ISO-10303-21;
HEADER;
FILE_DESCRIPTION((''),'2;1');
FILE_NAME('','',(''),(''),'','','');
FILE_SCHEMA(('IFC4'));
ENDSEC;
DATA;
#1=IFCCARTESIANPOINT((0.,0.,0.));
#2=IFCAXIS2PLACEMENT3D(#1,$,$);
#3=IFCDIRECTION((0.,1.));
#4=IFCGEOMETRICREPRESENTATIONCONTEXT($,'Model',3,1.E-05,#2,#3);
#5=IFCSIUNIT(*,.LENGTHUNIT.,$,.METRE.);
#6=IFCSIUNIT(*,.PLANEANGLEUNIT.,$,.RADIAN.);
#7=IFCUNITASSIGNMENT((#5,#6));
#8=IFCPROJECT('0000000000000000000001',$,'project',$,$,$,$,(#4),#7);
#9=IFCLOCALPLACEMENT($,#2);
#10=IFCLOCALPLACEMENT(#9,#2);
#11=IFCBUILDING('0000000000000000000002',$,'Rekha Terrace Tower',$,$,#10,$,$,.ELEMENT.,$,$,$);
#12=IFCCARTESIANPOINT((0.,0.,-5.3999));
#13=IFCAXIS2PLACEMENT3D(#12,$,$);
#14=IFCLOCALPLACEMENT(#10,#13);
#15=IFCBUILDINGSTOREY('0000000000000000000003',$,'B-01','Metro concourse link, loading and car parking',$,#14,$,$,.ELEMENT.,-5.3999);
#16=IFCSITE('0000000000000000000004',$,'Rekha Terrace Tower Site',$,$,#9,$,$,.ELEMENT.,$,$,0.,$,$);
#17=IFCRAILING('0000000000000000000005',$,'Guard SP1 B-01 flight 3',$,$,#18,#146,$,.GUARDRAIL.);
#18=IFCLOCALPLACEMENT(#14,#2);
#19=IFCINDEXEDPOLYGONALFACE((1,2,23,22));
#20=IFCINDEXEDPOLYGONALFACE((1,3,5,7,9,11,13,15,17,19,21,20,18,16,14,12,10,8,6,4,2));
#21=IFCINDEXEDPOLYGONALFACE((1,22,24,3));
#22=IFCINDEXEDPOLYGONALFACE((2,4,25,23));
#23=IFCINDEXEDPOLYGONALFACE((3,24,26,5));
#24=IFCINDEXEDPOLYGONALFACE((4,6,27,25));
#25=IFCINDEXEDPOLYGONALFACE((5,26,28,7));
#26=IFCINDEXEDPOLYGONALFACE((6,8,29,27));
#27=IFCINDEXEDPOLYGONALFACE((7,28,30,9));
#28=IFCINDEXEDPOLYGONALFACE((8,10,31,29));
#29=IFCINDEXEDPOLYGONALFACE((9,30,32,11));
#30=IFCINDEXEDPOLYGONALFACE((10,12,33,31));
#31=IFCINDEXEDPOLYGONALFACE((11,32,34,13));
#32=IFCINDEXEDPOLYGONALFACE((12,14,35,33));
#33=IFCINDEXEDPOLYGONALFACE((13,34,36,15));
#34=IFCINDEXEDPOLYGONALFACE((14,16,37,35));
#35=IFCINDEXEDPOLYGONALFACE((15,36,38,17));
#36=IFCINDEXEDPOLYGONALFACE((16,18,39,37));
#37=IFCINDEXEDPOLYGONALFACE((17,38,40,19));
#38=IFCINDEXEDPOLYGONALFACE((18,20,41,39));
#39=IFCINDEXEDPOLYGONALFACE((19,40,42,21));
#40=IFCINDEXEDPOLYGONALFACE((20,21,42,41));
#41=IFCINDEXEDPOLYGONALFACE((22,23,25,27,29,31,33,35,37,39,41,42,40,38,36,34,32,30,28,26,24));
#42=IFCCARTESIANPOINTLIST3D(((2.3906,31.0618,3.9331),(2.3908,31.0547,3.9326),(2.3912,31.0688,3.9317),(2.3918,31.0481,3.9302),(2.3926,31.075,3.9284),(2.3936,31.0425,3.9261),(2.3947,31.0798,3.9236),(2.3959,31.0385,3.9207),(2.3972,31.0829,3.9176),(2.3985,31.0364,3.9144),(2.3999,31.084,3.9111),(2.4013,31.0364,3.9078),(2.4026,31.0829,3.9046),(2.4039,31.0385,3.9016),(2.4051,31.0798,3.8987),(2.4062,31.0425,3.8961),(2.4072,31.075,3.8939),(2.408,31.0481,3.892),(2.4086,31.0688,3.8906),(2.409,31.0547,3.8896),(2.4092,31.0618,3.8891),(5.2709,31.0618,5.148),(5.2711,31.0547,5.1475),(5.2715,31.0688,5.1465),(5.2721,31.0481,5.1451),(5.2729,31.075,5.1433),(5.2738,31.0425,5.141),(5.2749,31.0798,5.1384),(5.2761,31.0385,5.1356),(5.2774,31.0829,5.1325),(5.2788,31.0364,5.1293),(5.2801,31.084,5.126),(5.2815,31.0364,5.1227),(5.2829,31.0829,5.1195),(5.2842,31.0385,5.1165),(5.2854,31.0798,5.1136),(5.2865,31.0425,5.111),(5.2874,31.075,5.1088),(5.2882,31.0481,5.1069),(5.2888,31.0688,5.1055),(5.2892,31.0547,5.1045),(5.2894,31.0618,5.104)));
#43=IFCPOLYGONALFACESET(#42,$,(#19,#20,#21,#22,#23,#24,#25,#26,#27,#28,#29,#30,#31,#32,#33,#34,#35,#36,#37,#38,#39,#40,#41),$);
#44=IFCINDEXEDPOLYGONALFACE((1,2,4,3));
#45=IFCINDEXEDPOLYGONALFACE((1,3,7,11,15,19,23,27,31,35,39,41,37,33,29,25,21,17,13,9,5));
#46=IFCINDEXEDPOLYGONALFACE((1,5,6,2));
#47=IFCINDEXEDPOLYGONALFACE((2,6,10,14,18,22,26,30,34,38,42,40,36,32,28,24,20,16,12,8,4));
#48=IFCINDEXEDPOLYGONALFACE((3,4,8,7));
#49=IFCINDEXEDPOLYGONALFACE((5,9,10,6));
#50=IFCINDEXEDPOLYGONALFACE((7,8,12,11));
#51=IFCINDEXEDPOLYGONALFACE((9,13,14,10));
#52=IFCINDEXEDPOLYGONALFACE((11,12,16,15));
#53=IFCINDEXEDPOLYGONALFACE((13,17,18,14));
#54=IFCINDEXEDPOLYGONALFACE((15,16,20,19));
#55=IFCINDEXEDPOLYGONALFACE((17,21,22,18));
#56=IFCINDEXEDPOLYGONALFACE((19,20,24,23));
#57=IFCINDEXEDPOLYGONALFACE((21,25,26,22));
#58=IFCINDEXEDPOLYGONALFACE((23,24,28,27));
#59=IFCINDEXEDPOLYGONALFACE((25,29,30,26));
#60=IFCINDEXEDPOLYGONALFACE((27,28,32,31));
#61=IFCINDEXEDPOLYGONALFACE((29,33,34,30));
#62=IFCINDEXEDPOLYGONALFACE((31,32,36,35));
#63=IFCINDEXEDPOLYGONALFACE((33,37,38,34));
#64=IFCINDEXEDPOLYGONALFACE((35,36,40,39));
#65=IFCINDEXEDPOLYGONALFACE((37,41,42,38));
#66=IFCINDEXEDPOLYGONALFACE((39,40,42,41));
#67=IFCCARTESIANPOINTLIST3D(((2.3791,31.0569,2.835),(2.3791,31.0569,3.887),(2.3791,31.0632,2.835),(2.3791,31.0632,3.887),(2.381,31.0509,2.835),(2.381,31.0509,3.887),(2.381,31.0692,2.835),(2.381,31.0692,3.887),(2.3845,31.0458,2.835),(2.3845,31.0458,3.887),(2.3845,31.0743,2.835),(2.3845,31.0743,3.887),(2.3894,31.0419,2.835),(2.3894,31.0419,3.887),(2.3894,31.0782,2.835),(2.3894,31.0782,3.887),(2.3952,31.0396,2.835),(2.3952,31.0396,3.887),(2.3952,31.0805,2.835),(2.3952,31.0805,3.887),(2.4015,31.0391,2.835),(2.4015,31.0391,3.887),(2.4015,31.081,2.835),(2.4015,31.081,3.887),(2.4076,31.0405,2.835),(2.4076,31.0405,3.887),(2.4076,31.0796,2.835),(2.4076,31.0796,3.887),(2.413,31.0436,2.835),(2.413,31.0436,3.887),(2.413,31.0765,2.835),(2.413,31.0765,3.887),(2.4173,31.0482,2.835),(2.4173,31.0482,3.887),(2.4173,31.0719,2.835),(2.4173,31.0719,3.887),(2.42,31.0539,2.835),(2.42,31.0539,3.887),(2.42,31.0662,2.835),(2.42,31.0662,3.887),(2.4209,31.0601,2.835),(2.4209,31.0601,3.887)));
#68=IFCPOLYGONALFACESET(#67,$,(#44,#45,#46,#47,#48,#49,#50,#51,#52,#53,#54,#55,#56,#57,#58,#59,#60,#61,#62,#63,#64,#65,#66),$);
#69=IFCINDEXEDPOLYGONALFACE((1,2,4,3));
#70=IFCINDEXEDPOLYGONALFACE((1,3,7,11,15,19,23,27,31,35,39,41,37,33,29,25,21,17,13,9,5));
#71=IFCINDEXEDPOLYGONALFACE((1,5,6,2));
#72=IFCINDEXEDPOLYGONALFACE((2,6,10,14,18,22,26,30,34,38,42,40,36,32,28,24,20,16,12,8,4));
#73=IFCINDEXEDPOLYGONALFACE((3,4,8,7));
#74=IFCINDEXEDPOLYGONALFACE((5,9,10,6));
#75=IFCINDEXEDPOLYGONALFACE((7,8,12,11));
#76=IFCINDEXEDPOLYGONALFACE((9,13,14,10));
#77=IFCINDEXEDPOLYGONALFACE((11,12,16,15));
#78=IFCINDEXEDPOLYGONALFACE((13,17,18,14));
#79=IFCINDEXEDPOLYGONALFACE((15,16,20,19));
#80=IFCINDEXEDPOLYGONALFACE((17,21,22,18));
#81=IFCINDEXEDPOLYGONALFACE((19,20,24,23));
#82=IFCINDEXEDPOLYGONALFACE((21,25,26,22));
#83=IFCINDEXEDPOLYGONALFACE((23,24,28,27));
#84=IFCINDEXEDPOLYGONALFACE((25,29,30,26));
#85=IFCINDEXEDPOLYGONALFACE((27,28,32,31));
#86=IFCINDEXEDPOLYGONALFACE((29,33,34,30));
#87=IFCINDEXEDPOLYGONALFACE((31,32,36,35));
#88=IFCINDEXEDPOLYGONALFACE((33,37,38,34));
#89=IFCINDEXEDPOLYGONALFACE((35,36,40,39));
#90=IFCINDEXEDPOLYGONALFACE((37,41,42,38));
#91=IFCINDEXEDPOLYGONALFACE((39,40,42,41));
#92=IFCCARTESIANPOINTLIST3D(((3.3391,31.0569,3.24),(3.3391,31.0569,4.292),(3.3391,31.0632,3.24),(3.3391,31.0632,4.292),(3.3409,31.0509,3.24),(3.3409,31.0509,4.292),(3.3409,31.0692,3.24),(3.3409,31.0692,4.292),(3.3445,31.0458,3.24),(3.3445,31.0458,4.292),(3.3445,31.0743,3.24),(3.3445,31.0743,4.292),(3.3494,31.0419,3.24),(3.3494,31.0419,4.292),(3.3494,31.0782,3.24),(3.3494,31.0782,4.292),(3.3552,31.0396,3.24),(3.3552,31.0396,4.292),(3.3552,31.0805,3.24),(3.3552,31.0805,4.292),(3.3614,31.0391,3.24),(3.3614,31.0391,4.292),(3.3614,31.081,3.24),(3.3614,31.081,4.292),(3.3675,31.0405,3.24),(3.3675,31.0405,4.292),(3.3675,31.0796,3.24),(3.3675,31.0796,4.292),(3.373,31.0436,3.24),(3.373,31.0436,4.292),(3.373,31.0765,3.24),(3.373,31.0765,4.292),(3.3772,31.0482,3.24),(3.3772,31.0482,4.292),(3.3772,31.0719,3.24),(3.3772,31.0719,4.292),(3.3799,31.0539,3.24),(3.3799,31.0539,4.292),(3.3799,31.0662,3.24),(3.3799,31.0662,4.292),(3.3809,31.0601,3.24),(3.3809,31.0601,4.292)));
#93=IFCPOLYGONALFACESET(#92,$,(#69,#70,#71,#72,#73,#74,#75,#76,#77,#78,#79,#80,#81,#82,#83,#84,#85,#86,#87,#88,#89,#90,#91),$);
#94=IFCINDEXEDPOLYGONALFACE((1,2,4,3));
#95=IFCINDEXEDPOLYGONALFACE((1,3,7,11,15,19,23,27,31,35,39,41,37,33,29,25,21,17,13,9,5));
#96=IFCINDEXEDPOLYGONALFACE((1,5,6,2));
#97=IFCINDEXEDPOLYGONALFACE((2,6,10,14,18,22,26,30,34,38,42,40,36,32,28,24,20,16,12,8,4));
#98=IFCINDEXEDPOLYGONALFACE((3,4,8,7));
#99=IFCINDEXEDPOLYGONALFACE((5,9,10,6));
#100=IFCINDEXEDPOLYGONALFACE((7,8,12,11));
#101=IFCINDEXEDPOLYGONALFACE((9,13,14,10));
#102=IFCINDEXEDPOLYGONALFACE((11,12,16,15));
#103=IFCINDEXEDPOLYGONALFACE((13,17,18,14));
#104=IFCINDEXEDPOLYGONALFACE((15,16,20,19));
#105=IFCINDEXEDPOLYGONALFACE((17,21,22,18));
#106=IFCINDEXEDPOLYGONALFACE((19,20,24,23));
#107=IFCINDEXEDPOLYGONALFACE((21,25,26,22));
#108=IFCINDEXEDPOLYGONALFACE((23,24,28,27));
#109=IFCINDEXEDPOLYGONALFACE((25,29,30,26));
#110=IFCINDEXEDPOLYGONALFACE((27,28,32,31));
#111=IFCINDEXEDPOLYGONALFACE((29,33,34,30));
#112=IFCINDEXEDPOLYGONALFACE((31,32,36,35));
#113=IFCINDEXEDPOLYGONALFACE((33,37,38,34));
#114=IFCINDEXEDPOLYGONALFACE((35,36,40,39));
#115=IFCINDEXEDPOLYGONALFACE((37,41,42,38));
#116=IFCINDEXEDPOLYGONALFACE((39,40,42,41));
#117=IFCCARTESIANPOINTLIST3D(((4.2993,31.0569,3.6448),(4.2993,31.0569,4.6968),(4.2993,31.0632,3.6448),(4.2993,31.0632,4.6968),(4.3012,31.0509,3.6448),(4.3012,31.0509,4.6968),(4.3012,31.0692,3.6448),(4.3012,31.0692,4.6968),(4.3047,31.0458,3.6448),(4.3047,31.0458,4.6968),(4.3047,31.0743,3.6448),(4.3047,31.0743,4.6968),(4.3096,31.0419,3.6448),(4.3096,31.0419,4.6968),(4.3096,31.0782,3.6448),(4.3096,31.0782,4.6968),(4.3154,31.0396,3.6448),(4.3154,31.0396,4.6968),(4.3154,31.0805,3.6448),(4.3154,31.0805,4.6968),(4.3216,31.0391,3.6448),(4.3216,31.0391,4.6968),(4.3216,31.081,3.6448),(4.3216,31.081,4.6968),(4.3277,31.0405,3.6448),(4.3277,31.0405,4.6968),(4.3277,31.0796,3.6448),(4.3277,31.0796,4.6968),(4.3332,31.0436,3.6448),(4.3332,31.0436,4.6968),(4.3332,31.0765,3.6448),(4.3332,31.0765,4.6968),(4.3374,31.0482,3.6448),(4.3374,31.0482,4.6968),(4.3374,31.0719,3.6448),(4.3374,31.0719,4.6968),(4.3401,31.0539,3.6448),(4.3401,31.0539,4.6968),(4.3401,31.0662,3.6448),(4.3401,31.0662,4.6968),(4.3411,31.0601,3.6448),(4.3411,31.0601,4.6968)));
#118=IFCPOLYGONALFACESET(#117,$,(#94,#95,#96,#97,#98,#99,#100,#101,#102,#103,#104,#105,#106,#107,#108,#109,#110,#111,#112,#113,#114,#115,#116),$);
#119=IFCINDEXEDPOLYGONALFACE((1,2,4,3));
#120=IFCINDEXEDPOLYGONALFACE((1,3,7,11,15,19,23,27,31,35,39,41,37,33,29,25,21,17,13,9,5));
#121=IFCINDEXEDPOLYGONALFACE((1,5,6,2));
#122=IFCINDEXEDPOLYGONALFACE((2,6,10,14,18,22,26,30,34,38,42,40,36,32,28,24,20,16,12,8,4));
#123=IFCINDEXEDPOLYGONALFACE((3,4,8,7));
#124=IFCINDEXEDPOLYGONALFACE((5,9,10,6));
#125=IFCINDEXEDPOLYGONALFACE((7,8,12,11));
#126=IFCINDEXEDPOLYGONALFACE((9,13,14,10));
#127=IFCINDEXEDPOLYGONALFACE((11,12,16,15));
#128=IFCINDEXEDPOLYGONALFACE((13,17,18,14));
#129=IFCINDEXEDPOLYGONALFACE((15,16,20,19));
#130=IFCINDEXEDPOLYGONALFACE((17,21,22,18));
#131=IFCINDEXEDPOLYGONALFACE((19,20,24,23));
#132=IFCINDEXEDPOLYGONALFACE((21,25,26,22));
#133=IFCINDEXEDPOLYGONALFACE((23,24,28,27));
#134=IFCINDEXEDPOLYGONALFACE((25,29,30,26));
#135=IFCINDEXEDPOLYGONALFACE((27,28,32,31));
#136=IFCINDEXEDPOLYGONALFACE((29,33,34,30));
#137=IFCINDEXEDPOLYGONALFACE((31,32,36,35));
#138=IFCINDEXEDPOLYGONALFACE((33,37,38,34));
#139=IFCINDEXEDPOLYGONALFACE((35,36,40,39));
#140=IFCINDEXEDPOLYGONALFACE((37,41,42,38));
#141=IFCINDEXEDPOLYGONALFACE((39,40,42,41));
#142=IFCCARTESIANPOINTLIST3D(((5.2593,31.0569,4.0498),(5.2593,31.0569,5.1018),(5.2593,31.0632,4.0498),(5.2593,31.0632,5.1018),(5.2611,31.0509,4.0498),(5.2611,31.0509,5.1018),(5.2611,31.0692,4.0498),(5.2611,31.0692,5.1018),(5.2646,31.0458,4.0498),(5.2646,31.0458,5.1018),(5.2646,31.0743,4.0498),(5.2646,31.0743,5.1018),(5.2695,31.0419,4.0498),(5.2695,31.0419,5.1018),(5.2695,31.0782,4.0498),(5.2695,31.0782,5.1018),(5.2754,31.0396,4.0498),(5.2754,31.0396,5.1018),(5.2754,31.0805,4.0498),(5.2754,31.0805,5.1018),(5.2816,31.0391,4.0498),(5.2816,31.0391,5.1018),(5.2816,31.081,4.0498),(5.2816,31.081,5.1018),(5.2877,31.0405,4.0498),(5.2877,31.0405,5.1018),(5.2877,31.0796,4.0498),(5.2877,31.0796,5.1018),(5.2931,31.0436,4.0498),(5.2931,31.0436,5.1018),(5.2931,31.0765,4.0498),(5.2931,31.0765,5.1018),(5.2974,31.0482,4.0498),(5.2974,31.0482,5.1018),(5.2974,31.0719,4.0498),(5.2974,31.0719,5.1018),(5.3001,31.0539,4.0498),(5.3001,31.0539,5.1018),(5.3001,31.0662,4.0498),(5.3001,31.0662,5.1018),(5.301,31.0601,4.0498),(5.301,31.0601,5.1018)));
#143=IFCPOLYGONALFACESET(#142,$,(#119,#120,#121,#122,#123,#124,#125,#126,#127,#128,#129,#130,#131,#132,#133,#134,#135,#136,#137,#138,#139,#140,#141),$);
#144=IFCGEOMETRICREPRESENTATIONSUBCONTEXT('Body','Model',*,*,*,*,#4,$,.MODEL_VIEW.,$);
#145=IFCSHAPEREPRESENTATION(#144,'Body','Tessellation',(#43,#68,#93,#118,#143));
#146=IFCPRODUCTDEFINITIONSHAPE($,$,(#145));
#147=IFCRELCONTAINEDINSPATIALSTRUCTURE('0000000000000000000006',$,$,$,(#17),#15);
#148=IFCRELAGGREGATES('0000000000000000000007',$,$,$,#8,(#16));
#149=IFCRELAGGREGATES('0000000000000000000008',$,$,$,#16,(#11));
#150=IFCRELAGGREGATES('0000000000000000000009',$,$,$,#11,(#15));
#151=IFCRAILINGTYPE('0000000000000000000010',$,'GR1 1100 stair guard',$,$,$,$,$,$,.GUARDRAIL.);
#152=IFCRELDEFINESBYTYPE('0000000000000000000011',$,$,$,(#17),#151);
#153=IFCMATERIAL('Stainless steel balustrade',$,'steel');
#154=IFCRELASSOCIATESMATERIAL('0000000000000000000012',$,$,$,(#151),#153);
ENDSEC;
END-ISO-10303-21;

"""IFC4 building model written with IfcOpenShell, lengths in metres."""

from ifc_helpers import new_model, si_unit, direction, frame, origin, origin_2d, place, context, subcontext, project, spatial, circle, extrude, material, type_object, element, save


model = new_model("IFC4")

# Units and contexts
model_context = context("Model", 3, precision=1e-05, world=origin(), true_north=direction((0.0, 1.0)))
body_context = subcontext(model_context, "Body", "Model", "MODEL_VIEW")
ifc_project = project(units=[si_unit("LENGTHUNIT", "METRE"), si_unit("PLANEANGLEUNIT", "RADIAN")], contexts=[model_context])

# Site, building, storey
site_placement = place(None, origin())
site = spatial("IfcSite", under=ifc_project, at=site_placement, Name="Rekha Terrace Tower Site", CompositionType="ELEMENT", RefElevation=0.0)
building_placement = place(site_placement, origin())
building = spatial("IfcBuilding", under=site, at=building_placement, Name="Rekha Terrace Tower", CompositionType="ELEMENT")
storey_placement = place(building_placement, frame((0.0, 0.0, -5.3999)))
storey = spatial("IfcBuildingStorey", under=building, at=storey_placement, Name="B-01", Description="Metro concourse link, loading and car parking", CompositionType="ELEMENT", Elevation=-5.3999)

# Railing
ifc_material_1 = material(Name="Stainless steel balustrade", Category="steel")
railing_type_1 = type_object("IfcRailingType", Name="GR1 1100 stair guard", PredefinedType="GUARDRAIL", material=ifc_material_1)
railing_1_placement = place(storey_placement, frame((2.3999, 31.0601, 2.835)))
element("IfcRailing", 1, at=railing_1_placement, inside=storey, type_object=railing_type_1, Name="Guard SP1 B-01 flight 3", PredefinedType="GUARDRAIL", context=body_context, shape_type="SweptSolid", body=[
    extrude(circle(Radius=0.0239, at=origin_2d()), frame((0.0, 0.0, 1.0762), z_axis=(0.921388, 0.0, 0.388644), x_axis=(0.0, 1.0, 0.0)), (0.0, 0.0, 1.0), 3.126),
    extrude(circle(Radius=0.021, at=origin_2d()), origin(), (0.0, 0.0, 1.0), 1.052),
    extrude(circle(Radius=0.021, at=origin_2d()), frame((0.96, 0.0, 0.405)), (0.0, 0.0, 1.0), 1.052),
    extrude(circle(Radius=0.021, at=origin_2d()), frame((1.9202, 0.0, 0.8098)), (0.0, 0.0, 1.0), 1.052),
    extrude(circle(Radius=0.021, at=origin_2d()), frame((2.8801, 0.0, 1.2148)), (0.0, 0.0, 1.0), 1.052),
])

save(model, "model.ifc")
